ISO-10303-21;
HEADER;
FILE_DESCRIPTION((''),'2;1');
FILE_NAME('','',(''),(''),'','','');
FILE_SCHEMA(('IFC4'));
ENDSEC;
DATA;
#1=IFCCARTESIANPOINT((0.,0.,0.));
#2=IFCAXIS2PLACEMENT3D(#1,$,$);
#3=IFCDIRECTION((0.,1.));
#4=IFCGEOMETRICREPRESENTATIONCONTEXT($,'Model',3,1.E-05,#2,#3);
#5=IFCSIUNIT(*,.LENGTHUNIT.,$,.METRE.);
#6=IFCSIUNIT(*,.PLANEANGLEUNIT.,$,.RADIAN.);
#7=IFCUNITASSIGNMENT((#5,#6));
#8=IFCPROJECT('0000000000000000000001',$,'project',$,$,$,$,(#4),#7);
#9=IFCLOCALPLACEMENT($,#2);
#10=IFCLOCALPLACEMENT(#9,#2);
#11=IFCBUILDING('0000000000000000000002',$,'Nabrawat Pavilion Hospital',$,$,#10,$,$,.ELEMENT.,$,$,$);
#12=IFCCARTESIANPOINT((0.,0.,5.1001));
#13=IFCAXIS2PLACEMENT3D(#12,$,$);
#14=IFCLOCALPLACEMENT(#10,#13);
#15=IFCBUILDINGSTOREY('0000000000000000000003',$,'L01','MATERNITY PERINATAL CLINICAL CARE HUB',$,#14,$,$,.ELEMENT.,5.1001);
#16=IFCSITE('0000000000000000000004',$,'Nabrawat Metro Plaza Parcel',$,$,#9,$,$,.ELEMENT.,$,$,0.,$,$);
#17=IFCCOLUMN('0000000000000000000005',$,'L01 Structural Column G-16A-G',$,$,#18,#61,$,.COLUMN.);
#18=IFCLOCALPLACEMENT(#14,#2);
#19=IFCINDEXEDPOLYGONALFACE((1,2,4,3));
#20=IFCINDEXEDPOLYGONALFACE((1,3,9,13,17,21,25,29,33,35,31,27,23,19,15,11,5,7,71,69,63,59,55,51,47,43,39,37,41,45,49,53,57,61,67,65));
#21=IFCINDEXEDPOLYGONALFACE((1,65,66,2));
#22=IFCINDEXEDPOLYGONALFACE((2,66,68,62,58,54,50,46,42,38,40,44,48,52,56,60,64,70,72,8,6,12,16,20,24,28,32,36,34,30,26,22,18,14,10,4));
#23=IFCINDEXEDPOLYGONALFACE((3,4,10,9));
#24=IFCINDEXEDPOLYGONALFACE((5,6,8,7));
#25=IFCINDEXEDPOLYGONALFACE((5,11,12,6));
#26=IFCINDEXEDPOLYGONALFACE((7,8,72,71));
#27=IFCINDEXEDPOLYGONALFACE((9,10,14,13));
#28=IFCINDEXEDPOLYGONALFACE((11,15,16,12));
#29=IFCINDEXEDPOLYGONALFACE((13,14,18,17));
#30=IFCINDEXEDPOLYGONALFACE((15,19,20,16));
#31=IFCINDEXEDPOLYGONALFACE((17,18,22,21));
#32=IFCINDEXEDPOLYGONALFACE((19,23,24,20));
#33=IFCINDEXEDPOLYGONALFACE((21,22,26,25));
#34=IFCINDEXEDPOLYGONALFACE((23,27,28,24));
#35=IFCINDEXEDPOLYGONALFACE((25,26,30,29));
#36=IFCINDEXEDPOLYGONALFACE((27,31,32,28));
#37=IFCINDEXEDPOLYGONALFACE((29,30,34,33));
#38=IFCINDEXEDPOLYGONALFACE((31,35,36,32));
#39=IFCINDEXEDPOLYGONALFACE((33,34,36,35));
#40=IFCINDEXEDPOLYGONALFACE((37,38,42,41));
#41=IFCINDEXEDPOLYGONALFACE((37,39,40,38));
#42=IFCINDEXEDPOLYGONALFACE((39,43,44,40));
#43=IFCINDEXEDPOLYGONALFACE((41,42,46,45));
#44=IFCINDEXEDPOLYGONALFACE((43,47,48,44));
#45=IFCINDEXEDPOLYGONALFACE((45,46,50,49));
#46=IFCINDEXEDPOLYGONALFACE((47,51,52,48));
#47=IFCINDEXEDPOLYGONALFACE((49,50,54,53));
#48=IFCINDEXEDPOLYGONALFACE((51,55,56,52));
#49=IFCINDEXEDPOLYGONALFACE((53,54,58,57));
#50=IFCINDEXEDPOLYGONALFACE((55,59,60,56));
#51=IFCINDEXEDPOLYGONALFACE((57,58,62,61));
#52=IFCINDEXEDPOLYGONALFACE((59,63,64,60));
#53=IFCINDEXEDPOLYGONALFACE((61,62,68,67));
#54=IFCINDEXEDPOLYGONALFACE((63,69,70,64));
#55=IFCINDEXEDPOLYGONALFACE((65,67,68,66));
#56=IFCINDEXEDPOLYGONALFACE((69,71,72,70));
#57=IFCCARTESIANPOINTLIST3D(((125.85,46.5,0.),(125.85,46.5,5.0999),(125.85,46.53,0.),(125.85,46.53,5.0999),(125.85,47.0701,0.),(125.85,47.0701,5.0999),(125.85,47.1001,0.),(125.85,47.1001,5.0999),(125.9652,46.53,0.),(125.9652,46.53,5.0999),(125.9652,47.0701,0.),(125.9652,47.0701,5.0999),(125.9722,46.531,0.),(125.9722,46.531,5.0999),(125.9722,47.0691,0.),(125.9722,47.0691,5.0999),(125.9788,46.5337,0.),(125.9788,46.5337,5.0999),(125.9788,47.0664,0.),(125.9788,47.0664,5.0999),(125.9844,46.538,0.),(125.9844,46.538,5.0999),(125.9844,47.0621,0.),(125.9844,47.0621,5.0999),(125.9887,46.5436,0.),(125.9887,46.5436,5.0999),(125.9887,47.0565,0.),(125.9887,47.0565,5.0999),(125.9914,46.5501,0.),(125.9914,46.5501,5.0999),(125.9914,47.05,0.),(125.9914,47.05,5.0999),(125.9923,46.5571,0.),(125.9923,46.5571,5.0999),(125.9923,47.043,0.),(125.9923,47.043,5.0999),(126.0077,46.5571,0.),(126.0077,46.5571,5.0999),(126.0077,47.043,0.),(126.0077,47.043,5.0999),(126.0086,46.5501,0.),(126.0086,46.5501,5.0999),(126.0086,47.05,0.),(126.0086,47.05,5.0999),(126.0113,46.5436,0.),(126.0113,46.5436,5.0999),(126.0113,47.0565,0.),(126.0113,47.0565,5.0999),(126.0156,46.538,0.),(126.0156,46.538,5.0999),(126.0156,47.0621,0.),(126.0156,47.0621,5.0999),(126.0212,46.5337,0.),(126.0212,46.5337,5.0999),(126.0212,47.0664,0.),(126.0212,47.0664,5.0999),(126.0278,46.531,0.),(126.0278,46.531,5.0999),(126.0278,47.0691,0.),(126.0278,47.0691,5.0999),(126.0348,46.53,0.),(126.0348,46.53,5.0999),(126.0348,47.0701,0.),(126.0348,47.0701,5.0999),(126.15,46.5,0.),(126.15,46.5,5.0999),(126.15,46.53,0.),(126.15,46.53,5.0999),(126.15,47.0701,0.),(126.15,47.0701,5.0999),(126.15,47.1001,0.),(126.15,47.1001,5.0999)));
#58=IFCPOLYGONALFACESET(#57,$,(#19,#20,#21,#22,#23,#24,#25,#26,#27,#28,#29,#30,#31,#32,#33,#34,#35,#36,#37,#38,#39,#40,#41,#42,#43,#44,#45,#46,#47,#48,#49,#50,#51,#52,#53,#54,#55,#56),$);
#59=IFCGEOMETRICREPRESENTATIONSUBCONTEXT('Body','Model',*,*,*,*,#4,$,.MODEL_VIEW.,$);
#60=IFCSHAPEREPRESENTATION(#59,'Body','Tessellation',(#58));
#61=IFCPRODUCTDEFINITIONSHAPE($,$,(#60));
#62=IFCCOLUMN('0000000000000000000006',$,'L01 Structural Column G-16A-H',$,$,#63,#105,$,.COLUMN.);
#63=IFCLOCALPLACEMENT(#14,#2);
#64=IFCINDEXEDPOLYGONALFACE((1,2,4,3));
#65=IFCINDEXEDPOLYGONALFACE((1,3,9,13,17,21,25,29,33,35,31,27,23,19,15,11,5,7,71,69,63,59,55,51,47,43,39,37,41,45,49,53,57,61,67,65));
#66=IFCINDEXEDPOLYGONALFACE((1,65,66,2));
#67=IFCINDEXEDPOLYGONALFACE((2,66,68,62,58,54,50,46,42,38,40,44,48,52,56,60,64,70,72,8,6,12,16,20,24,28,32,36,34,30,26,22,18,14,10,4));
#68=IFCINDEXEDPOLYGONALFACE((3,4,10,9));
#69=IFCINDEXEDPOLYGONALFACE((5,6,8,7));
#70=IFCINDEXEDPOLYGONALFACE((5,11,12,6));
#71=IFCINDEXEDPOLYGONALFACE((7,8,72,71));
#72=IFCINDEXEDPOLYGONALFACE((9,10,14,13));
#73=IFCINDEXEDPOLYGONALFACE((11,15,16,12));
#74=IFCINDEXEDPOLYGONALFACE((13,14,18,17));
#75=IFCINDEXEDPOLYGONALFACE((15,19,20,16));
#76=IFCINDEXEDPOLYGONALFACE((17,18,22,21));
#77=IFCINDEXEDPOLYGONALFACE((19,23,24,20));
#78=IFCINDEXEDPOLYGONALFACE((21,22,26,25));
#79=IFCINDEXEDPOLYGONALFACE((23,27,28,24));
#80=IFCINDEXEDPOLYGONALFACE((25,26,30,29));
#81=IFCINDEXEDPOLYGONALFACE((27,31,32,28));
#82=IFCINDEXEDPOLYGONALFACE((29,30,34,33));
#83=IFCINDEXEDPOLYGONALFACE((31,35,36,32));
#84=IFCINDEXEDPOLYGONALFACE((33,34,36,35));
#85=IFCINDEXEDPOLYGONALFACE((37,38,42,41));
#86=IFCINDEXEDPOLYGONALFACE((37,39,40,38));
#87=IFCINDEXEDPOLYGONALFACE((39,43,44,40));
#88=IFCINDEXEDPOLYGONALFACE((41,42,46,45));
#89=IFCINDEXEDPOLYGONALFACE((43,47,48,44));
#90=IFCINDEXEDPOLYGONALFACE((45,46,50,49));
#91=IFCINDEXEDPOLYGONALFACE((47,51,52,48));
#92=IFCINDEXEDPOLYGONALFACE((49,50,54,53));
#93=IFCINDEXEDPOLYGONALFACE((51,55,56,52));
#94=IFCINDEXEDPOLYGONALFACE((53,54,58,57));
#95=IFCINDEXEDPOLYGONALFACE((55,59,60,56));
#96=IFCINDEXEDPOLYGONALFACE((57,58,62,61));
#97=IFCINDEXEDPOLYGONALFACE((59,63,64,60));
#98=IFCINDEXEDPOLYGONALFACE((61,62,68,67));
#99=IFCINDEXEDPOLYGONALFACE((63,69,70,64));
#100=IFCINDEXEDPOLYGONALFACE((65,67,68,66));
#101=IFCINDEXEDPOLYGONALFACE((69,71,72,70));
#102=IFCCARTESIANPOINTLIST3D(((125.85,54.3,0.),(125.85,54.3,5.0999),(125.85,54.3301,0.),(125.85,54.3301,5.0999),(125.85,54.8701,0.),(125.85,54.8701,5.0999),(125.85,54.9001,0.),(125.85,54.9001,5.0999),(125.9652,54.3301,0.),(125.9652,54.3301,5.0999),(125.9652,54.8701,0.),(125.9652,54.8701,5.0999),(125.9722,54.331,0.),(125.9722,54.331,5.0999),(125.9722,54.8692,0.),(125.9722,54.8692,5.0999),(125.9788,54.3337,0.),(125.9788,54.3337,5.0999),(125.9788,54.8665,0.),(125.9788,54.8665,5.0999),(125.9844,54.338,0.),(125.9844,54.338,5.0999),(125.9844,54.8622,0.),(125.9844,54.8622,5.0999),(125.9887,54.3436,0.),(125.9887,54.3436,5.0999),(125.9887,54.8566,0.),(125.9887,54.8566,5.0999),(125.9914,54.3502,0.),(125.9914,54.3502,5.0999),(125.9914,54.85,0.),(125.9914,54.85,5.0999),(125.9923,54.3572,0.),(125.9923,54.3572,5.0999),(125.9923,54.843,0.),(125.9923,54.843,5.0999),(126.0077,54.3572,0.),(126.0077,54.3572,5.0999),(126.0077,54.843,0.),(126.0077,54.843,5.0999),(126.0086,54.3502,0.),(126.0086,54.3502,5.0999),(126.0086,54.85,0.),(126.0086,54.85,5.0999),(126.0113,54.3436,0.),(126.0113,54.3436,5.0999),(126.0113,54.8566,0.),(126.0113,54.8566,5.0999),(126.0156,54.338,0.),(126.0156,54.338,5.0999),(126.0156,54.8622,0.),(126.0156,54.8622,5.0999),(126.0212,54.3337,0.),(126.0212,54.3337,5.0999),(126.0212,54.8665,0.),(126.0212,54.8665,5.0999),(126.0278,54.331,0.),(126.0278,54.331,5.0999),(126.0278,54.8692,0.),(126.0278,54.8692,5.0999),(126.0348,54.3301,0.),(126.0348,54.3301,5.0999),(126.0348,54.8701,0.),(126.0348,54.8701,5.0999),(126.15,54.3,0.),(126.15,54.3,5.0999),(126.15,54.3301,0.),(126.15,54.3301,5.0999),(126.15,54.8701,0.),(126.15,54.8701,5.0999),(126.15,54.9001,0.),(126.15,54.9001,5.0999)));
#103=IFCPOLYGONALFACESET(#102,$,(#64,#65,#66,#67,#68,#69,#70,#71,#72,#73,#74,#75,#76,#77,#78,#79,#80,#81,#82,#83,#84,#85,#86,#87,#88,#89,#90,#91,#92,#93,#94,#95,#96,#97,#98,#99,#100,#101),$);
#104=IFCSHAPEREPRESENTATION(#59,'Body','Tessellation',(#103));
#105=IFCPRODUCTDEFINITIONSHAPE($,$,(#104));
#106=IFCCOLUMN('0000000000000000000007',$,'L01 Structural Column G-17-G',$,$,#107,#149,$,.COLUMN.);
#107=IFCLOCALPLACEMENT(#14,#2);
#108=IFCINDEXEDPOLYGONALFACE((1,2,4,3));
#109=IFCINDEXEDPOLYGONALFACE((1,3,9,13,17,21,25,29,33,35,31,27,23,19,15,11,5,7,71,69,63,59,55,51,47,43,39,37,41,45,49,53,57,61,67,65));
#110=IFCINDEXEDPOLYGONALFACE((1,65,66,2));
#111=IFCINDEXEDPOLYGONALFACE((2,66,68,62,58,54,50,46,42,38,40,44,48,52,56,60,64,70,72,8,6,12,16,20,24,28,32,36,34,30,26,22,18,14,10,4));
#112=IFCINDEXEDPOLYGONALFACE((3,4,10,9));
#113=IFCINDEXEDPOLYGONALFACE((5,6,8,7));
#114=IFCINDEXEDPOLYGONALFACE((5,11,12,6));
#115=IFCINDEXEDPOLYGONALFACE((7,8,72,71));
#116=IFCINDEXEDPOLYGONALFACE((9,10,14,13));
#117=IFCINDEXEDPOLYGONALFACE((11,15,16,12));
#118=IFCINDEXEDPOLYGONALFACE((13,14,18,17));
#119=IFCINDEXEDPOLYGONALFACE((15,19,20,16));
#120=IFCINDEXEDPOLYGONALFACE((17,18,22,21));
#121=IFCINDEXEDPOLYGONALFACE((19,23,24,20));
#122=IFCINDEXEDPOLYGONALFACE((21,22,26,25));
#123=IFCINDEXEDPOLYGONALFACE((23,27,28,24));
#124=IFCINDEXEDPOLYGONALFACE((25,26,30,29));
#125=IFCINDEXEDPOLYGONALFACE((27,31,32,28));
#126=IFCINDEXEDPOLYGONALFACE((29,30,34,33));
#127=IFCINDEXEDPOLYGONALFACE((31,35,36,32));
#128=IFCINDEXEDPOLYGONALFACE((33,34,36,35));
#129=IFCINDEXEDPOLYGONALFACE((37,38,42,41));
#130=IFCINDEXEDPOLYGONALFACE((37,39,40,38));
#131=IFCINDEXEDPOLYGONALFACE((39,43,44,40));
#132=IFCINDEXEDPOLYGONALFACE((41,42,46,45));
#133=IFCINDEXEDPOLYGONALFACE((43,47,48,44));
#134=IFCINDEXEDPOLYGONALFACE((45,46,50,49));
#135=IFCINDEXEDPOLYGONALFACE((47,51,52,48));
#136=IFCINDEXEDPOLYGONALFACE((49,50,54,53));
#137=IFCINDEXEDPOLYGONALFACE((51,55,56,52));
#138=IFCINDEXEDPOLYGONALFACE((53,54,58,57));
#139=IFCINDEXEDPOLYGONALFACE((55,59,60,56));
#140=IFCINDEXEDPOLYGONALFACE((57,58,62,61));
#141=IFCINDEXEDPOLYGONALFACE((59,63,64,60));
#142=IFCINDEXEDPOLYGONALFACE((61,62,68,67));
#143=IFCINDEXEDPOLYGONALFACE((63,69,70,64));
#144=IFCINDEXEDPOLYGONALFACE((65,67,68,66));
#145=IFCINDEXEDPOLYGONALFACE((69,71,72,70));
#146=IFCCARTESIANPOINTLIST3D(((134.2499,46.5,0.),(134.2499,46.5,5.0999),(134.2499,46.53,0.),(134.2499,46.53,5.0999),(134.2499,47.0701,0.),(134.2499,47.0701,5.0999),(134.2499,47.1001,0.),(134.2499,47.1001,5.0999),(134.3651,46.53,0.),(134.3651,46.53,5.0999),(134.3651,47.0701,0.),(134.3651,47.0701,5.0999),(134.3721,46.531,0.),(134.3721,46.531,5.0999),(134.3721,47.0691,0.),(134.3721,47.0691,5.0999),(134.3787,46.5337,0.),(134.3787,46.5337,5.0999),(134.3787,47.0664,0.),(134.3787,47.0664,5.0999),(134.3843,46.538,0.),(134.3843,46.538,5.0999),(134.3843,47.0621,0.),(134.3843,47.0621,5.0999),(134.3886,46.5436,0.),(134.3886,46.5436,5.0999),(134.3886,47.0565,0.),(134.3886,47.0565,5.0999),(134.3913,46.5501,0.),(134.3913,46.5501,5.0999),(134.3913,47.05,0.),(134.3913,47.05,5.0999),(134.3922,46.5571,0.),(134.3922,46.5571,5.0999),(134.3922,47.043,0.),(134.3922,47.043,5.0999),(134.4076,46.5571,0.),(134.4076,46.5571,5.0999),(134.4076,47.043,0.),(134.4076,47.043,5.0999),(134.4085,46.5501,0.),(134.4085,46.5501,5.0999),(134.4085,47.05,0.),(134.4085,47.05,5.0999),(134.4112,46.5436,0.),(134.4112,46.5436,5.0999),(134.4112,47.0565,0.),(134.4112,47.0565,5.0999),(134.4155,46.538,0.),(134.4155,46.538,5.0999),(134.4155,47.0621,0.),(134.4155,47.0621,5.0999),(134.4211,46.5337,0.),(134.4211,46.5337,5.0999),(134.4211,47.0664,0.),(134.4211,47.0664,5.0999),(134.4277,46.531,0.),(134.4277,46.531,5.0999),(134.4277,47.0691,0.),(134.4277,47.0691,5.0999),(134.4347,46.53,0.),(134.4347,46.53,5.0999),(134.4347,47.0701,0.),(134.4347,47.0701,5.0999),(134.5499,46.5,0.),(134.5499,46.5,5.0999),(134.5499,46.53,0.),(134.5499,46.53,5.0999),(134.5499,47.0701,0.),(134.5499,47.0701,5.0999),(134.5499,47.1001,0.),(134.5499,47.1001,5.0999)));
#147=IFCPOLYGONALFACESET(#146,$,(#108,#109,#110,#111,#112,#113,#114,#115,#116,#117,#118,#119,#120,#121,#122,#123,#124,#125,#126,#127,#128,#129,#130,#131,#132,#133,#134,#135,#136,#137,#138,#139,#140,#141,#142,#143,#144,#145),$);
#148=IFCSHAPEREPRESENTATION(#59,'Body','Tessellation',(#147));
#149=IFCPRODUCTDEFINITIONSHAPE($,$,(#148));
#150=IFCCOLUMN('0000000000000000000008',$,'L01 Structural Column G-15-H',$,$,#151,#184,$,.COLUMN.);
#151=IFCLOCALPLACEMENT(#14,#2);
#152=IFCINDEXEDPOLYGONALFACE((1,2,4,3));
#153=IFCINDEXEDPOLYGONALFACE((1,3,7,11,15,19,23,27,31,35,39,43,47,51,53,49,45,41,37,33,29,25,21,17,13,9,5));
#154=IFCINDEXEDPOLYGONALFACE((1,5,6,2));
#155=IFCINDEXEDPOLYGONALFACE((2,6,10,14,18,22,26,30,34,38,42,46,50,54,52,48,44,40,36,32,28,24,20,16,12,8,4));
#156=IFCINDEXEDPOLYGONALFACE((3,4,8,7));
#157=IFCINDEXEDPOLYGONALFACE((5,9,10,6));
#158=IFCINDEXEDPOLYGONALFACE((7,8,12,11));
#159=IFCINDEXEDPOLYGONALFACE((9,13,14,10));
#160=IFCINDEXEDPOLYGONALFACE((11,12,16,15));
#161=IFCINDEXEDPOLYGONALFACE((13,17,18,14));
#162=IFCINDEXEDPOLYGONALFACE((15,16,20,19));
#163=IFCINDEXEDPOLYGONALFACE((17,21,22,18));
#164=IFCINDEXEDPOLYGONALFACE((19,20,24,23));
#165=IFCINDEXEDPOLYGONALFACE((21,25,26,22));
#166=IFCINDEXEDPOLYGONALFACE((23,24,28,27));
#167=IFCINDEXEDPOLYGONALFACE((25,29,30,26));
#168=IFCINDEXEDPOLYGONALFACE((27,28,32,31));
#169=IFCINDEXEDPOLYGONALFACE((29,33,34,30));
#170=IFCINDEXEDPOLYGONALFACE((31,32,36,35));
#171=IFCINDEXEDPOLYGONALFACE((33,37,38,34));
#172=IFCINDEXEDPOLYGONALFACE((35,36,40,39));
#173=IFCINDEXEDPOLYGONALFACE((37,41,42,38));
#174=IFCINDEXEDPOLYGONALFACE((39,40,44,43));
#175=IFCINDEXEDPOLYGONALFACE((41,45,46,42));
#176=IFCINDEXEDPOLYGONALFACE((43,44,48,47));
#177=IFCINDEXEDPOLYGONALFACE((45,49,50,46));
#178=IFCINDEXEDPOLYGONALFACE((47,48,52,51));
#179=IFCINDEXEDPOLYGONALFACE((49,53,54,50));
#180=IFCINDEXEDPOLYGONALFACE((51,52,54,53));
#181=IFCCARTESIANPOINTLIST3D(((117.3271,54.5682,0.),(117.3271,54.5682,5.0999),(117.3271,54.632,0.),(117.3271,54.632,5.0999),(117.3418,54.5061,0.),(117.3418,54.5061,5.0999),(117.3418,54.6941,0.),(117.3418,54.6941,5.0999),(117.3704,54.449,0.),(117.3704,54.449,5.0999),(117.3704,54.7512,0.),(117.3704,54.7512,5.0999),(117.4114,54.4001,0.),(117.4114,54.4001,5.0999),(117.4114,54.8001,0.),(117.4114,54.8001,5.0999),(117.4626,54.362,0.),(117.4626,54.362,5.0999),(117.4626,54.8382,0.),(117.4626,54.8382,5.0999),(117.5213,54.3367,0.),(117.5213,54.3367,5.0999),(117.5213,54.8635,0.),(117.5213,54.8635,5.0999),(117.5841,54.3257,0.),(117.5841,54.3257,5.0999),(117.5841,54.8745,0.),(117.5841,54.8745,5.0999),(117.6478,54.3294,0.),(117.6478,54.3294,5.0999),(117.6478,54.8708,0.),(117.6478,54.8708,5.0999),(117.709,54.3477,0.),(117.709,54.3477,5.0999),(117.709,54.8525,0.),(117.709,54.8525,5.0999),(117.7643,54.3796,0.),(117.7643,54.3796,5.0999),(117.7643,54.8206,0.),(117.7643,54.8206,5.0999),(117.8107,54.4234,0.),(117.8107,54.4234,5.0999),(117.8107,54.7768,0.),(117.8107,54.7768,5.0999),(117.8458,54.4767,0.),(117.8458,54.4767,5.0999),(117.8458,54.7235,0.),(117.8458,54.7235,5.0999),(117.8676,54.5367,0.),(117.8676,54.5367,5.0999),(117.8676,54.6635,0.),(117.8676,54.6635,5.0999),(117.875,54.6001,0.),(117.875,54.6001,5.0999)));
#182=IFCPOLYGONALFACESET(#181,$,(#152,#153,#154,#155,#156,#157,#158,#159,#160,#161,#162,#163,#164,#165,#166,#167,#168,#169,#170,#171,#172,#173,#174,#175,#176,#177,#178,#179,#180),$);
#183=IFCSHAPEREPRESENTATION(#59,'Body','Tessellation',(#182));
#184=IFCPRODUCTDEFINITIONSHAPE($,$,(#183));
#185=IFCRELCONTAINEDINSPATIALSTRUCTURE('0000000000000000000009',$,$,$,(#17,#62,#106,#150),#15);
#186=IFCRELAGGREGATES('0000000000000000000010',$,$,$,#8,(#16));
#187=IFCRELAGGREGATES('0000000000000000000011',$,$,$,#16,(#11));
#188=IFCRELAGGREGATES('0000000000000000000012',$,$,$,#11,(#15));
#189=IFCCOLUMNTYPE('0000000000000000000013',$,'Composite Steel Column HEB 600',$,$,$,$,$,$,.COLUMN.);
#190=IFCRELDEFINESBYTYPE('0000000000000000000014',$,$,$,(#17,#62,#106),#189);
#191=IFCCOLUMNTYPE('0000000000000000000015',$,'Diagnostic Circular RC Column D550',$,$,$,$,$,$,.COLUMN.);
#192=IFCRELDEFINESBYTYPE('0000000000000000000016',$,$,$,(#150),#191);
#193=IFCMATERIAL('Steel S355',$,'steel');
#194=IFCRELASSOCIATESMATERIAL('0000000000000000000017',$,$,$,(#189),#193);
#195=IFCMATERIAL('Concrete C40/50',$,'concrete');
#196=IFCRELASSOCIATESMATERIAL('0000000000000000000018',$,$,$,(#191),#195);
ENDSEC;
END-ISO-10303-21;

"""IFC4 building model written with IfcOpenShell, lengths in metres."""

from ifc_helpers import new_model, si_unit, direction, frame, origin, origin_2d, place, context, subcontext, project, spatial, circle, i_section, extrude, material, material_profile, profile_set, type_object, element, save


model = new_model("IFC4")

# Units and contexts
model_context = context("Model", 3, precision=1e-05, world=origin(), true_north=direction((0.0, 1.0)))
body_context = subcontext(model_context, "Body", "Model", "MODEL_VIEW")
ifc_project = project(units=[si_unit("LENGTHUNIT", "METRE"), si_unit("PLANEANGLEUNIT", "RADIAN")], contexts=[model_context])

# Site, building, storey
site_placement = place(None, origin())
site = spatial("IfcSite", under=ifc_project, at=site_placement, Name="Nabrawat Metro Plaza Parcel", CompositionType="ELEMENT", RefElevation=0.0)
building_placement = place(site_placement, origin())
building = spatial("IfcBuilding", under=site, at=building_placement, Name="Nabrawat Pavilion Hospital", CompositionType="ELEMENT")
storey_placement = place(building_placement, frame((0.0, 0.0, 5.1001)))
storey = spatial("IfcBuildingStorey", under=building, at=storey_placement, Name="L01", Description="MATERNITY PERINATAL CLINICAL CARE HUB", CompositionType="ELEMENT", Elevation=5.1001)

# Columns
ifc_material_1 = material(Name="Steel S355", Category="steel")
ifc_material_profile_1 = material_profile(ifc_material_1, i_section(OverallWidth=0.3, OverallDepth=0.6001, WebThickness=0.0154, FlangeThickness=0.03, FilletRadius=0.0271, at=origin_2d()), Name="HEB 600")
ifc_profile_set_1 = profile_set([ifc_material_profile_1], Name="Steel S355")
column_type_1 = type_object("IfcColumnType", Name="Composite Steel Column HEB 600", PredefinedType="COLUMN", material=ifc_profile_set_1)
for number, where, z_axis, x_axis, name in (
    (1, (126.0, 46.8, 0.0), (0.0, 0.0, 1.0), (1.0, 0.0, 0.0), "L01 Structural Column G-16A-G"),
    (2, (126.0, 54.6001, 0.0), (0.0, 0.0, 1.0), (1.0, 0.0, 0.0), "L01 Structural Column G-16A-H"),
    (3, (134.3999, 46.8, 0.0), (0.0, 0.0, 1.0), (1.0, 0.0, 0.0), "L01 Structural Column G-17-G"),
):
    element("IfcColumn", number, at=place(storey_placement, frame(where, z_axis=z_axis, x_axis=x_axis)), inside=storey, type_object=column_type_1, Name=name, PredefinedType="COLUMN", context=body_context, shape_type="SweptSolid", body=[
        extrude(i_section(OverallWidth=0.3, OverallDepth=0.6001, WebThickness=0.0154, FlangeThickness=0.03, FilletRadius=0.0271, at=origin_2d()), origin(), (0.0, 0.0, 1.0), 5.0999),
    ])
ifc_material_2 = material(Name="Concrete C40/50", Category="concrete")
ifc_material_profile_2 = material_profile(ifc_material_2, circle(Radius=0.2749, at=origin_2d()), Name="RC D550")
ifc_profile_set_2 = profile_set([ifc_material_profile_2], Name="Concrete C40/50")
column_type_2 = type_object("IfcColumnType", Name="Diagnostic Circular RC Column D550", PredefinedType="COLUMN", material=ifc_profile_set_2)
column_placement = place(storey_placement, frame((117.6001, 54.6001, 0.0), z_axis=(0.0, 0.0, 1.0), x_axis=(1.0, 0.0, 0.0)))
element("IfcColumn", 4, at=column_placement, inside=storey, type_object=column_type_2, Name="L01 Structural Column G-15-H", PredefinedType="COLUMN", context=body_context, shape_type="SweptSolid", body=[
    extrude(circle(Radius=0.2749, at=origin_2d()), origin(), (0.0, 0.0, 1.0), 5.0999),
])

save(model, "model.ifc")
